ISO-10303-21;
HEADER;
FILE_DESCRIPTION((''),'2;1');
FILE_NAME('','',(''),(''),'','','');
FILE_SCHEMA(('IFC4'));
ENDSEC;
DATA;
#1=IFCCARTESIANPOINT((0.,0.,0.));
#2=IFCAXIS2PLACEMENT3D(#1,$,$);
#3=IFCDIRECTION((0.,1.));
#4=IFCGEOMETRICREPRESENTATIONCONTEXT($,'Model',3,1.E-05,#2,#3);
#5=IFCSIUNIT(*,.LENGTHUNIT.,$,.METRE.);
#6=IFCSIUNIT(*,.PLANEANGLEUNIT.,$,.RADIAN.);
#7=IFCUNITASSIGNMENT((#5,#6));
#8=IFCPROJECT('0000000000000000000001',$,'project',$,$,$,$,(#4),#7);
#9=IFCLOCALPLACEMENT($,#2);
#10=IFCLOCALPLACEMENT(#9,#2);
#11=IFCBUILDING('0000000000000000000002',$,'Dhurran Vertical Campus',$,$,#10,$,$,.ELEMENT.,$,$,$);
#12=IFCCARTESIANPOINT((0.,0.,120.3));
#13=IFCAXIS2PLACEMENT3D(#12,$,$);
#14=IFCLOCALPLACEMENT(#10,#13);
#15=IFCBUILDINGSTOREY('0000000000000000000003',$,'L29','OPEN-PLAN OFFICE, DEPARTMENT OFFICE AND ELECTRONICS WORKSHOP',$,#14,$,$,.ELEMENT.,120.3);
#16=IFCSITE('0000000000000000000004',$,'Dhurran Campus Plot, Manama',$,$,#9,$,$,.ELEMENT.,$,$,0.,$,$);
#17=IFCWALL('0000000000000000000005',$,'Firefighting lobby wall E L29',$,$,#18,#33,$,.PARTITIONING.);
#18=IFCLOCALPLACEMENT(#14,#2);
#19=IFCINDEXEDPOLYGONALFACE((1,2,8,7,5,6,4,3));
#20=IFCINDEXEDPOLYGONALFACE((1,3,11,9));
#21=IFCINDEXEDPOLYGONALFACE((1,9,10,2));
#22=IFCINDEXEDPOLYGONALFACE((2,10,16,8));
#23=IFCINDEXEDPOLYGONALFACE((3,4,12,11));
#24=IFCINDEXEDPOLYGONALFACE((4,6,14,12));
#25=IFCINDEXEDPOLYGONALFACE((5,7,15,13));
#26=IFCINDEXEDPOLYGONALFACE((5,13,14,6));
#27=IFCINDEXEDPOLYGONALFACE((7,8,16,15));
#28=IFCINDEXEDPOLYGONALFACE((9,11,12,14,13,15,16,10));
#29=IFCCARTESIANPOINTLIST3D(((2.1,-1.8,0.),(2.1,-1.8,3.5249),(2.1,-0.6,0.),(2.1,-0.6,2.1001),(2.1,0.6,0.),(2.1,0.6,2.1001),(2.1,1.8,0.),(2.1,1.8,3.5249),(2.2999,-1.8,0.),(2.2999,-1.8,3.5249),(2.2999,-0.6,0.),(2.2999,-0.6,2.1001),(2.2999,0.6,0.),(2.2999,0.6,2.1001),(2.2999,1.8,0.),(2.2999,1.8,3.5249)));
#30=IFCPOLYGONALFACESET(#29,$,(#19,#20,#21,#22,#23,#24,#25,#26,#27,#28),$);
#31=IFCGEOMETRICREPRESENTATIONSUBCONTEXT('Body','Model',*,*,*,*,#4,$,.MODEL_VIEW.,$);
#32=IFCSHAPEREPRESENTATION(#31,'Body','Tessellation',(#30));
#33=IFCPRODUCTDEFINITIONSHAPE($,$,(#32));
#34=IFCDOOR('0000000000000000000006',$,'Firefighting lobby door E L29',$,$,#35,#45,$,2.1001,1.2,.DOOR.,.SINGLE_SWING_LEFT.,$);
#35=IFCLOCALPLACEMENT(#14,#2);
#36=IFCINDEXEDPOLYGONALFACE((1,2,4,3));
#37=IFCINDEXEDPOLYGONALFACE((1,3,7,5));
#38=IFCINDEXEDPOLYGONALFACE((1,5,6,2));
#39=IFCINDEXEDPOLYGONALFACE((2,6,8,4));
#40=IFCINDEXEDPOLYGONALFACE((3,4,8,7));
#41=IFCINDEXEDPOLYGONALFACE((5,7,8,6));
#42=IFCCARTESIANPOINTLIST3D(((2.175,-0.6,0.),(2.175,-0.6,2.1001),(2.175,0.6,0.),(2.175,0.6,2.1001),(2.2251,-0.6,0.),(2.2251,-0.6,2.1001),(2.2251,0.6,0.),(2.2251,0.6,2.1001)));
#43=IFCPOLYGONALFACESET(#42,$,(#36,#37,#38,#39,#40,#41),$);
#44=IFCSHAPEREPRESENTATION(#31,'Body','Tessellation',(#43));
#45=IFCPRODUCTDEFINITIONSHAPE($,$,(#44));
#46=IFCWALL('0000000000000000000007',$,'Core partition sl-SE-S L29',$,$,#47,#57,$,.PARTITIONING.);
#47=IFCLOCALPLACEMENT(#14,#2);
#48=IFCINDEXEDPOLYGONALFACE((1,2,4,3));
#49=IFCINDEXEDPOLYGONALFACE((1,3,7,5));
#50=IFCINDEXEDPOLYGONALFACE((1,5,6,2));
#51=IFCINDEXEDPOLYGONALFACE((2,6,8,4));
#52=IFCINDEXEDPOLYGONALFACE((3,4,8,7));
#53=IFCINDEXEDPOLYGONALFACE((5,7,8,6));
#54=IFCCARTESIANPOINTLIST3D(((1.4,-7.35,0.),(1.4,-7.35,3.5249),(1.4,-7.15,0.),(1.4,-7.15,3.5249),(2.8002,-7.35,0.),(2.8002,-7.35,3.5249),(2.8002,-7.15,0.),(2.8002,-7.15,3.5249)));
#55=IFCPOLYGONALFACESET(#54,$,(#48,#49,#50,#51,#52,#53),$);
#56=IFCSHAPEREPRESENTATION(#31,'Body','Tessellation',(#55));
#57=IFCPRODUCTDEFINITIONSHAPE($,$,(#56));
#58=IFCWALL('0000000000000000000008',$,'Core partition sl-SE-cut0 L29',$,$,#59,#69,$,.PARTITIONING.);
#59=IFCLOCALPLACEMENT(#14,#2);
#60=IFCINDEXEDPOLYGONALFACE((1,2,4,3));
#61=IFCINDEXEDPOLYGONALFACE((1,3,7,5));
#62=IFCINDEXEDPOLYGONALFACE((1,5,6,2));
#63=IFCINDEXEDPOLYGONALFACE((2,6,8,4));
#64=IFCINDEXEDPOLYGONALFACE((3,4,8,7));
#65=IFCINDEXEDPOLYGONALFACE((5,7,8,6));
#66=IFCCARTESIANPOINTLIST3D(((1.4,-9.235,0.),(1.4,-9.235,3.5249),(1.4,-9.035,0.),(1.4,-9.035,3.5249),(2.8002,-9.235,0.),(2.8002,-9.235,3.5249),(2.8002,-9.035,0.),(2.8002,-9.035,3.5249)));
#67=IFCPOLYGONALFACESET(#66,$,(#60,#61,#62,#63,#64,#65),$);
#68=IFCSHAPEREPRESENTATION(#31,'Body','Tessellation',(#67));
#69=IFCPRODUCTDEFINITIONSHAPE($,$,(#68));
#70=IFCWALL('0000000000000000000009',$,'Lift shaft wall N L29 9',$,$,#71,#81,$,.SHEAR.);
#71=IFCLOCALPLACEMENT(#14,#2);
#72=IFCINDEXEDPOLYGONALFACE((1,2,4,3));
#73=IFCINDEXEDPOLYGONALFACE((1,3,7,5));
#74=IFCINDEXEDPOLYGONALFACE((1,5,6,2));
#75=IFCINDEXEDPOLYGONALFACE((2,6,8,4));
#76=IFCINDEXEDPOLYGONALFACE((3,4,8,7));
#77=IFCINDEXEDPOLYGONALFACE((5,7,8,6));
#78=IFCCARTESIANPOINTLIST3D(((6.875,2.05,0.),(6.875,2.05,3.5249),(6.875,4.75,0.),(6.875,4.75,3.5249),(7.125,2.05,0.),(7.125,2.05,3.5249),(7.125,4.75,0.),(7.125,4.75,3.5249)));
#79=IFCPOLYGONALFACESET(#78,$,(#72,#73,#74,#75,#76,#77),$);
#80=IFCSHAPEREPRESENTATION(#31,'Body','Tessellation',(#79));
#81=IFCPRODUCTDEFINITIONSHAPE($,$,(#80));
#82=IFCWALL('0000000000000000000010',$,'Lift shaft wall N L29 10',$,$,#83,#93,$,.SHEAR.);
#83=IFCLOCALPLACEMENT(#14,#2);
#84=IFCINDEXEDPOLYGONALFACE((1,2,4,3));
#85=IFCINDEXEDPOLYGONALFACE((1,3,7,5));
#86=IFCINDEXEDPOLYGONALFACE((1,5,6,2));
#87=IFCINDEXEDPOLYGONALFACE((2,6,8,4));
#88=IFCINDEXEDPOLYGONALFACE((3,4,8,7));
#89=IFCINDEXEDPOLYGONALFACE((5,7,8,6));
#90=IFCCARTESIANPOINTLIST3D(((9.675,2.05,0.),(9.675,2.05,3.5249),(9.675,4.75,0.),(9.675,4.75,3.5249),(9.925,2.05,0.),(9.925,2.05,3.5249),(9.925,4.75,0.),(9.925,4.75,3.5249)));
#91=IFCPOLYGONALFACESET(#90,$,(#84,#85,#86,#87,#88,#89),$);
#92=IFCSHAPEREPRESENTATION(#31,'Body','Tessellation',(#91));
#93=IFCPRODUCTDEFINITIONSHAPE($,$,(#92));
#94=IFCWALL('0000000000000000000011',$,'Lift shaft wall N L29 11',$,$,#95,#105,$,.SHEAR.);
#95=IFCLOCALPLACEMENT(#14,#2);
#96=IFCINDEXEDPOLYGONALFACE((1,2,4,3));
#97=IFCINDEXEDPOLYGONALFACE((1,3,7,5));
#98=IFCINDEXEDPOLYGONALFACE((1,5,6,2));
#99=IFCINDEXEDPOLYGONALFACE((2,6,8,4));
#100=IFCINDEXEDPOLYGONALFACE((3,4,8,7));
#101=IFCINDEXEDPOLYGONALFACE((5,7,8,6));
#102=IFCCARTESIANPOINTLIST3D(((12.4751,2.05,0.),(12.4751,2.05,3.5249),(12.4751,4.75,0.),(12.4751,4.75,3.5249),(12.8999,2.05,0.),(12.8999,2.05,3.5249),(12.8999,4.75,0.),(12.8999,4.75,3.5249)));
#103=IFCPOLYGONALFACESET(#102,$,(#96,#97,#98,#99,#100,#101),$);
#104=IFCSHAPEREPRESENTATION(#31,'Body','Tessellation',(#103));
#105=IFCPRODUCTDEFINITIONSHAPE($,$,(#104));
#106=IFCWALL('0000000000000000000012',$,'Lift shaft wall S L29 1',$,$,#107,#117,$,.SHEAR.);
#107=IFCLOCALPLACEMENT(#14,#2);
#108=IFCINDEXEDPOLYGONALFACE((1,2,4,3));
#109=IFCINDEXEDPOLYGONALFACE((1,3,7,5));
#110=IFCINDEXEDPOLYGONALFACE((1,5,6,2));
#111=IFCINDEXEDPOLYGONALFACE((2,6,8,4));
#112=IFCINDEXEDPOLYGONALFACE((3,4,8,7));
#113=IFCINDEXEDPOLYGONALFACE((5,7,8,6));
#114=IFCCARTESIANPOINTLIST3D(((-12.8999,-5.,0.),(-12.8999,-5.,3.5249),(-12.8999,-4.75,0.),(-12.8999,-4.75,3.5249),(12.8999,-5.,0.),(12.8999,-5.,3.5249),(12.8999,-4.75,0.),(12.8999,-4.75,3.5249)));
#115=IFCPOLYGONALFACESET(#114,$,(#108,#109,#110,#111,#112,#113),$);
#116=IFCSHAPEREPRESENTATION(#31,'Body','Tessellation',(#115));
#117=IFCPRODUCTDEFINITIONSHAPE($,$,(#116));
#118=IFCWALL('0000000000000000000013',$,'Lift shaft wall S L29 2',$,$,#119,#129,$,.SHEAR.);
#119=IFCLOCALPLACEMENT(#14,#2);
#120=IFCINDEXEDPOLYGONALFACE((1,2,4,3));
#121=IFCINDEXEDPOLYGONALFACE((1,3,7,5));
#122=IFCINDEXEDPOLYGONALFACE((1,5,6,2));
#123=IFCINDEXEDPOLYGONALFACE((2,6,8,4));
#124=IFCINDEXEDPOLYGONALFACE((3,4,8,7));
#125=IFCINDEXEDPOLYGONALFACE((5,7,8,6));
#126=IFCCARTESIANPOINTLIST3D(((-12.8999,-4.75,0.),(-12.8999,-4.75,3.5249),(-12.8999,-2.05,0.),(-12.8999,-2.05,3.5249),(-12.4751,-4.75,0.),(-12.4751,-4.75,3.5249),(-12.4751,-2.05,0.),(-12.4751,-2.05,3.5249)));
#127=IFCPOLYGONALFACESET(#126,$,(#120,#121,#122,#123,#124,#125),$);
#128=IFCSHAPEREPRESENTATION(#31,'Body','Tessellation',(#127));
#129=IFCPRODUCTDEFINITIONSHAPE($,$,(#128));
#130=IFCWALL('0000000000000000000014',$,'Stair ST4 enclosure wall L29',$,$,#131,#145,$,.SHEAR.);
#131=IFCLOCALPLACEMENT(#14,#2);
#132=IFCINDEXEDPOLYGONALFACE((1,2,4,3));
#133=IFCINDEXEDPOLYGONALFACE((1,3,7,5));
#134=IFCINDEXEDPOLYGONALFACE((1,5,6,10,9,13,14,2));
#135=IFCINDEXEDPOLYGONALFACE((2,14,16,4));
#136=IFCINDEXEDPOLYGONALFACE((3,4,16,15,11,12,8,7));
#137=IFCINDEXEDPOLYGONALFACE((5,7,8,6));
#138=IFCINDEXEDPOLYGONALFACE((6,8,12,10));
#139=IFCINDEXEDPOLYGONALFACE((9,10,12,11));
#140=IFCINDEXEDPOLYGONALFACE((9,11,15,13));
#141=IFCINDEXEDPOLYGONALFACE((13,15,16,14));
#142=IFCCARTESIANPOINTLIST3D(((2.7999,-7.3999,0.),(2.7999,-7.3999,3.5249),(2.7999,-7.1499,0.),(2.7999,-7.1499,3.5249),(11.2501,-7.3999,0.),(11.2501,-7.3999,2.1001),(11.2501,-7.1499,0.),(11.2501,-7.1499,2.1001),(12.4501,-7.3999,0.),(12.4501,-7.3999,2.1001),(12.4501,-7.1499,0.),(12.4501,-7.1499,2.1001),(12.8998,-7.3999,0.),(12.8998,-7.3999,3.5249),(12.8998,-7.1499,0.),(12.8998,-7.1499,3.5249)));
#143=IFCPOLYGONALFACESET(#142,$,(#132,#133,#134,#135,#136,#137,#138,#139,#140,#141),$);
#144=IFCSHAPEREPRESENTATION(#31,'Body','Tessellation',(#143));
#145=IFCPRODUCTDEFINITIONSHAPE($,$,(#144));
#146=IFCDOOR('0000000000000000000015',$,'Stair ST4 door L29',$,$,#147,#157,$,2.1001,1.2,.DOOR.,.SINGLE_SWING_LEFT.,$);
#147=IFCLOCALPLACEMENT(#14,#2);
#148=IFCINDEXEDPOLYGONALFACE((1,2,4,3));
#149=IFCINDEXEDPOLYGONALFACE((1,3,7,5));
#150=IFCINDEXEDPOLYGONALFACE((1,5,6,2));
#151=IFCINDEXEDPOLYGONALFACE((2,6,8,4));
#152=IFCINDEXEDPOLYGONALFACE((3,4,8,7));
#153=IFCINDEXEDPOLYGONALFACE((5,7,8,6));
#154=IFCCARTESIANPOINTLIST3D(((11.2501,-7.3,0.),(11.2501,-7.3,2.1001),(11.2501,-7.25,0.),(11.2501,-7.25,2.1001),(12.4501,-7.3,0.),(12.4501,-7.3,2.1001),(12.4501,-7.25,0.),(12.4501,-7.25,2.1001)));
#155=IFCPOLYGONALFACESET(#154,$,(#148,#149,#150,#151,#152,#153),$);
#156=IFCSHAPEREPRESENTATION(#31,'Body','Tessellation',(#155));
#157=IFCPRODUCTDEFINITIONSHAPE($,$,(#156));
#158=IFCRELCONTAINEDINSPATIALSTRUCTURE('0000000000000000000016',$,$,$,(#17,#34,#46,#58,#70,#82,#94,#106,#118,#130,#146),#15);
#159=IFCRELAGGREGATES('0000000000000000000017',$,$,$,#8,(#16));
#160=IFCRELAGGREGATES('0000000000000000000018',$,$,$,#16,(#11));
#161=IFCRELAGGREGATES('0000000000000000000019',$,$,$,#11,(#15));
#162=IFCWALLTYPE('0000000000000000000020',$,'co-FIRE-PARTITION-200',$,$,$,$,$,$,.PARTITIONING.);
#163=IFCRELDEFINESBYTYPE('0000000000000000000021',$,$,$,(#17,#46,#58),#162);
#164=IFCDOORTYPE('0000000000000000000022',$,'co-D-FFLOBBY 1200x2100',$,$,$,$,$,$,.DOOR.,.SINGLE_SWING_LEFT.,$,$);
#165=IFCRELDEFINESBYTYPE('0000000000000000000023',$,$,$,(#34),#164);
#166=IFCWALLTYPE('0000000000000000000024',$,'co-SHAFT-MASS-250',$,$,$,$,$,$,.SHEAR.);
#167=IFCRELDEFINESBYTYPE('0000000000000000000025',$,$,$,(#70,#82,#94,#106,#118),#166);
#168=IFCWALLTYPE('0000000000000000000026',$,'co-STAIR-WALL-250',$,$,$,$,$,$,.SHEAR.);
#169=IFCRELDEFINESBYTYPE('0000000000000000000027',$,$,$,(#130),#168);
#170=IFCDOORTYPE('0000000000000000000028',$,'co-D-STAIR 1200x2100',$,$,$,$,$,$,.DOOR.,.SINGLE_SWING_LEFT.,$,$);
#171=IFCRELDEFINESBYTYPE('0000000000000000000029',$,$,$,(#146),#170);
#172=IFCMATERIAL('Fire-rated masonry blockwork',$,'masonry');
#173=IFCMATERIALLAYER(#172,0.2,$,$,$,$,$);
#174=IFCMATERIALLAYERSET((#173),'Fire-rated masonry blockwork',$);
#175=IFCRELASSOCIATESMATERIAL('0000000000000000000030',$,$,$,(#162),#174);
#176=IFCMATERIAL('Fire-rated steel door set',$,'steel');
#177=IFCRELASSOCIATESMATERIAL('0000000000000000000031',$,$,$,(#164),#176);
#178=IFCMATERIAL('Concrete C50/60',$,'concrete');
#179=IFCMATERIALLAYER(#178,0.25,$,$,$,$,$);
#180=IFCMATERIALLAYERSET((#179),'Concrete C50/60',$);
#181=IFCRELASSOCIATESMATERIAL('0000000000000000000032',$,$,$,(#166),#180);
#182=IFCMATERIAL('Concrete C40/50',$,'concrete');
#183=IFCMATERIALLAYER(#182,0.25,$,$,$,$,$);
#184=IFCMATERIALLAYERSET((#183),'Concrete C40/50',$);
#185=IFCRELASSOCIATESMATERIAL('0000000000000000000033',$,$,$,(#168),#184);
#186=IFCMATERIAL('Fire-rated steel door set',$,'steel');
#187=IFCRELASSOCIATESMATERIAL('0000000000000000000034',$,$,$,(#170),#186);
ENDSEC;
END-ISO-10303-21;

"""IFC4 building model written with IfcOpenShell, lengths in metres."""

from ifc_helpers import new_model, si_unit, direction, frame, frame_2d, origin, place, context, subcontext, project, spatial, polyline, rectangle, outline, extrude, material, layer, layer_set, type_object, element, fill, save


model = new_model("IFC4")

# Units and contexts
model_context = context("Model", 3, precision=1e-05, world=origin(), true_north=direction((0.0, 1.0)))
body_context = subcontext(model_context, "Body", "Model", "MODEL_VIEW")
ifc_project = project(units=[si_unit("LENGTHUNIT", "METRE"), si_unit("PLANEANGLEUNIT", "RADIAN")], contexts=[model_context])

# Site, building, storey
site_placement = place(None, origin())
site = spatial("IfcSite", under=ifc_project, at=site_placement, Name="Dhurran Campus Plot, Manama", CompositionType="ELEMENT", RefElevation=0.0)
building_placement = place(site_placement, origin())
building = spatial("IfcBuilding", under=site, at=building_placement, Name="Dhurran Vertical Campus", CompositionType="ELEMENT")
storey_placement = place(building_placement, frame((0.0, 0.0, 120.3)))
storey = spatial("IfcBuildingStorey", under=building, at=storey_placement, Name="L29", Description="OPEN-PLAN OFFICE, DEPARTMENT OFFICE AND ELECTRONICS WORKSHOP", CompositionType="ELEMENT", Elevation=120.3)

# Wall, opening, door
ifc_material_1 = material(Name="Fire-rated masonry blockwork", Category="masonry")
ifc_layer_1 = layer(ifc_material_1, 0.2)
ifc_layer_set_1 = layer_set([ifc_layer_1], Name="Fire-rated masonry blockwork")
wall_type_1 = type_object("IfcWallType", Name="co-FIRE-PARTITION-200", PredefinedType="PARTITIONING", material=ifc_layer_set_1)
wall_1_placement = place(storey_placement, frame((2.2, -1.8, 0.0), z_axis=(0.0, 0.0, 1.0), x_axis=(0.0, 1.0, 0.0)))
wall_1 = element("IfcWall", 1, at=wall_1_placement, inside=storey, type_object=wall_type_1, Name="Firefighting lobby wall E L29", PredefinedType="PARTITIONING", context=body_context, shape_type="SweptSolid", body=[
    extrude(rectangle(XDim=3.6001, YDim=0.2, at=frame_2d((1.8, 0.0))), origin(), (0.0, 0.0, 1.0), 3.5249),
])
opening_1_placement = place(wall_1_placement, frame((1.2, 0.0, 0.0)))
opening_1 = element("IfcOpeningElement", 2, at=opening_1_placement, cuts=wall_1, PredefinedType="OPENING", context=body_context, shape_type="SweptSolid", body=[
    extrude(rectangle(XDim=1.2, YDim=2.1001, at=frame_2d((0.6001, 1.05))), frame((0.0, 0.1099, 0.0), z_axis=(0.0, -1.0, 0.0), x_axis=(1.0, 0.0, 0.0)), (0.0, 0.0, 1.0), 0.22),
])
ifc_material_2 = material(Name="Fire-rated steel door set", Category="steel")
door_type_1 = type_object("IfcDoorType", Name="co-D-FFLOBBY 1200x2100", OperationType="SINGLE_SWING_LEFT", PredefinedType="DOOR", material=ifc_material_2)
door_1_placement = place(opening_1_placement, origin())
door_1 = element("IfcDoor", 3, at=door_1_placement, inside=storey, type_object=door_type_1, Name="Firefighting lobby door E L29", OperationType="SINGLE_SWING_LEFT", OverallHeight=2.1001, OverallWidth=1.2, PredefinedType="DOOR", context=body_context, shape_type="SweptSolid", body=[
    extrude(rectangle(XDim=1.2, YDim=2.1001, at=frame_2d((0.6001, 1.05))), frame((0.0, 0.0249, 0.0), z_axis=(0.0, -1.0, 0.0), x_axis=(1.0, 0.0, 0.0)), (0.0, 0.0, 1.0), 0.05),
])
fill(opening_1, door_1)

# Walls
for number, where, z_axis, x_axis, name in (
    (4, (1.3999, -7.25, 0.0), (0.0, 0.0, 1.0), (1.0, 0.0, 0.0), "Core partition sl-SE-S L29"),
    (5, (1.3999, -9.135, 0.0), (0.0, 0.0, 1.0), (1.0, 0.0, 0.0), "Core partition sl-SE-cut0 L29"),
):
    element("IfcWall", number, at=place(storey_placement, frame(where, z_axis=z_axis, x_axis=x_axis)), inside=storey, type_object=wall_type_1, Name=name, PredefinedType="PARTITIONING", context=body_context, shape_type="SweptSolid", body=[
        extrude(rectangle(XDim=1.4001, YDim=0.2, at=frame_2d((0.7002, 0.0))), origin(), (0.0, 0.0, 1.0), 3.5249),
    ])
ifc_material_3 = material(Name="Concrete C50/60", Category="concrete")
ifc_layer_2 = layer(ifc_material_3, 0.25)
ifc_layer_set_2 = layer_set([ifc_layer_2], Name="Concrete C50/60")
wall_type_2 = type_object("IfcWallType", Name="co-SHAFT-MASS-250", PredefinedType="SHEAR", material=ifc_layer_set_2)
wall_2_placement = place(storey_placement, origin())
element("IfcWall", 6, at=wall_2_placement, inside=storey, type_object=wall_type_2, Name="Lift shaft wall N L29 9", PredefinedType="SHEAR", context=body_context, shape_type="SweptSolid", body=[
    extrude(outline(polyline([(6.875, 2.05), (7.125, 2.05), (7.125, 4.75), (6.875, 4.75), (6.875, 2.05)])), origin(), (0.0, 0.0, 1.0), 3.5249),
])
wall_3_placement = place(storey_placement, origin())
element("IfcWall", 7, at=wall_3_placement, inside=storey, type_object=wall_type_2, Name="Lift shaft wall N L29 10", PredefinedType="SHEAR", context=body_context, shape_type="SweptSolid", body=[
    extrude(outline(polyline([(9.675, 2.05), (9.925, 2.05), (9.925, 4.75), (9.675, 4.75), (9.675, 2.05)])), origin(), (0.0, 0.0, 1.0), 3.5249),
])
wall_4_placement = place(storey_placement, origin())
element("IfcWall", 8, at=wall_4_placement, inside=storey, type_object=wall_type_2, Name="Lift shaft wall N L29 11", PredefinedType="SHEAR", context=body_context, shape_type="SweptSolid", body=[
    extrude(outline(polyline([(12.4751, 2.05), (12.8999, 2.05), (12.8999, 4.75), (12.4751, 4.75), (12.4751, 2.05)])), origin(), (0.0, 0.0, 1.0), 3.5249),
])
wall_5_placement = place(storey_placement, origin())
element("IfcWall", 9, at=wall_5_placement, inside=storey, type_object=wall_type_2, Name="Lift shaft wall S L29 1", PredefinedType="SHEAR", context=body_context, shape_type="SweptSolid", body=[
    extrude(outline(polyline([(-12.8999, -5.0), (12.8999, -5.0), (12.8999, -4.75), (-12.8999, -4.75), (-12.8999, -5.0)])), origin(), (0.0, 0.0, 1.0), 3.5249),
])
wall_6_placement = place(storey_placement, origin())
element("IfcWall", 10, at=wall_6_placement, inside=storey, type_object=wall_type_2, Name="Lift shaft wall S L29 2", PredefinedType="SHEAR", context=body_context, shape_type="SweptSolid", body=[
    extrude(outline(polyline([(-12.8999, -4.75), (-12.4751, -4.75), (-12.4751, -2.05), (-12.8999, -2.05), (-12.8999, -4.75)])), origin(), (0.0, 0.0, 1.0), 3.5249),
])

# Wall, opening, door
ifc_material_4 = material(Name="Concrete C40/50", Category="concrete")
ifc_layer_3 = layer(ifc_material_4, 0.25)
ifc_layer_set_3 = layer_set([ifc_layer_3], Name="Concrete C40/50")
wall_type_3 = type_object("IfcWallType", Name="co-STAIR-WALL-250", PredefinedType="SHEAR", material=ifc_layer_set_3)
wall_7_placement = place(storey_placement, frame((2.8, -7.2749, 0.0), z_axis=(0.0, 0.0, 1.0), x_axis=(1.0, 0.0, 0.0)))
wall_7 = element("IfcWall", 11, at=wall_7_placement, inside=storey, type_object=wall_type_3, Name="Stair ST4 enclosure wall L29", PredefinedType="SHEAR", context=body_context, shape_type="SweptSolid", body=[
    extrude(rectangle(XDim=10.0999, YDim=0.25, at=frame_2d((5.0498, 0.0))), origin(), (0.0, 0.0, 1.0), 3.5249),
])
opening_2_placement = place(wall_7_placement, frame((8.45, 0.0, 0.0)))
opening_2 = element("IfcOpeningElement", 12, at=opening_2_placement, cuts=wall_7, PredefinedType="OPENING", context=body_context, shape_type="SweptSolid", body=[
    extrude(rectangle(XDim=1.2, YDim=2.1001, at=frame_2d((0.6001, 1.05))), frame((0.0, 0.135, 0.0), z_axis=(0.0, -1.0, 0.0), x_axis=(1.0, 0.0, 0.0)), (0.0, 0.0, 1.0), 0.27),
])
ifc_material_5 = material(Name="Fire-rated steel door set", Category="steel")
door_type_2 = type_object("IfcDoorType", Name="co-D-STAIR 1200x2100", OperationType="SINGLE_SWING_LEFT", PredefinedType="DOOR", material=ifc_material_5)
door_2_placement = place(opening_2_placement, origin())
door_2 = element("IfcDoor", 13, at=door_2_placement, inside=storey, type_object=door_type_2, Name="Stair ST4 door L29", OperationType="SINGLE_SWING_LEFT", OverallHeight=2.1001, OverallWidth=1.2, PredefinedType="DOOR", context=body_context, shape_type="SweptSolid", body=[
    extrude(rectangle(XDim=1.2, YDim=2.1001, at=frame_2d((0.6001, 1.05))), frame((0.0, 0.0249, 0.0), z_axis=(0.0, -1.0, 0.0), x_axis=(1.0, 0.0, 0.0)), (0.0, 0.0, 1.0), 0.05),
])
fill(opening_2, door_2)

save(model, "model.ifc")
